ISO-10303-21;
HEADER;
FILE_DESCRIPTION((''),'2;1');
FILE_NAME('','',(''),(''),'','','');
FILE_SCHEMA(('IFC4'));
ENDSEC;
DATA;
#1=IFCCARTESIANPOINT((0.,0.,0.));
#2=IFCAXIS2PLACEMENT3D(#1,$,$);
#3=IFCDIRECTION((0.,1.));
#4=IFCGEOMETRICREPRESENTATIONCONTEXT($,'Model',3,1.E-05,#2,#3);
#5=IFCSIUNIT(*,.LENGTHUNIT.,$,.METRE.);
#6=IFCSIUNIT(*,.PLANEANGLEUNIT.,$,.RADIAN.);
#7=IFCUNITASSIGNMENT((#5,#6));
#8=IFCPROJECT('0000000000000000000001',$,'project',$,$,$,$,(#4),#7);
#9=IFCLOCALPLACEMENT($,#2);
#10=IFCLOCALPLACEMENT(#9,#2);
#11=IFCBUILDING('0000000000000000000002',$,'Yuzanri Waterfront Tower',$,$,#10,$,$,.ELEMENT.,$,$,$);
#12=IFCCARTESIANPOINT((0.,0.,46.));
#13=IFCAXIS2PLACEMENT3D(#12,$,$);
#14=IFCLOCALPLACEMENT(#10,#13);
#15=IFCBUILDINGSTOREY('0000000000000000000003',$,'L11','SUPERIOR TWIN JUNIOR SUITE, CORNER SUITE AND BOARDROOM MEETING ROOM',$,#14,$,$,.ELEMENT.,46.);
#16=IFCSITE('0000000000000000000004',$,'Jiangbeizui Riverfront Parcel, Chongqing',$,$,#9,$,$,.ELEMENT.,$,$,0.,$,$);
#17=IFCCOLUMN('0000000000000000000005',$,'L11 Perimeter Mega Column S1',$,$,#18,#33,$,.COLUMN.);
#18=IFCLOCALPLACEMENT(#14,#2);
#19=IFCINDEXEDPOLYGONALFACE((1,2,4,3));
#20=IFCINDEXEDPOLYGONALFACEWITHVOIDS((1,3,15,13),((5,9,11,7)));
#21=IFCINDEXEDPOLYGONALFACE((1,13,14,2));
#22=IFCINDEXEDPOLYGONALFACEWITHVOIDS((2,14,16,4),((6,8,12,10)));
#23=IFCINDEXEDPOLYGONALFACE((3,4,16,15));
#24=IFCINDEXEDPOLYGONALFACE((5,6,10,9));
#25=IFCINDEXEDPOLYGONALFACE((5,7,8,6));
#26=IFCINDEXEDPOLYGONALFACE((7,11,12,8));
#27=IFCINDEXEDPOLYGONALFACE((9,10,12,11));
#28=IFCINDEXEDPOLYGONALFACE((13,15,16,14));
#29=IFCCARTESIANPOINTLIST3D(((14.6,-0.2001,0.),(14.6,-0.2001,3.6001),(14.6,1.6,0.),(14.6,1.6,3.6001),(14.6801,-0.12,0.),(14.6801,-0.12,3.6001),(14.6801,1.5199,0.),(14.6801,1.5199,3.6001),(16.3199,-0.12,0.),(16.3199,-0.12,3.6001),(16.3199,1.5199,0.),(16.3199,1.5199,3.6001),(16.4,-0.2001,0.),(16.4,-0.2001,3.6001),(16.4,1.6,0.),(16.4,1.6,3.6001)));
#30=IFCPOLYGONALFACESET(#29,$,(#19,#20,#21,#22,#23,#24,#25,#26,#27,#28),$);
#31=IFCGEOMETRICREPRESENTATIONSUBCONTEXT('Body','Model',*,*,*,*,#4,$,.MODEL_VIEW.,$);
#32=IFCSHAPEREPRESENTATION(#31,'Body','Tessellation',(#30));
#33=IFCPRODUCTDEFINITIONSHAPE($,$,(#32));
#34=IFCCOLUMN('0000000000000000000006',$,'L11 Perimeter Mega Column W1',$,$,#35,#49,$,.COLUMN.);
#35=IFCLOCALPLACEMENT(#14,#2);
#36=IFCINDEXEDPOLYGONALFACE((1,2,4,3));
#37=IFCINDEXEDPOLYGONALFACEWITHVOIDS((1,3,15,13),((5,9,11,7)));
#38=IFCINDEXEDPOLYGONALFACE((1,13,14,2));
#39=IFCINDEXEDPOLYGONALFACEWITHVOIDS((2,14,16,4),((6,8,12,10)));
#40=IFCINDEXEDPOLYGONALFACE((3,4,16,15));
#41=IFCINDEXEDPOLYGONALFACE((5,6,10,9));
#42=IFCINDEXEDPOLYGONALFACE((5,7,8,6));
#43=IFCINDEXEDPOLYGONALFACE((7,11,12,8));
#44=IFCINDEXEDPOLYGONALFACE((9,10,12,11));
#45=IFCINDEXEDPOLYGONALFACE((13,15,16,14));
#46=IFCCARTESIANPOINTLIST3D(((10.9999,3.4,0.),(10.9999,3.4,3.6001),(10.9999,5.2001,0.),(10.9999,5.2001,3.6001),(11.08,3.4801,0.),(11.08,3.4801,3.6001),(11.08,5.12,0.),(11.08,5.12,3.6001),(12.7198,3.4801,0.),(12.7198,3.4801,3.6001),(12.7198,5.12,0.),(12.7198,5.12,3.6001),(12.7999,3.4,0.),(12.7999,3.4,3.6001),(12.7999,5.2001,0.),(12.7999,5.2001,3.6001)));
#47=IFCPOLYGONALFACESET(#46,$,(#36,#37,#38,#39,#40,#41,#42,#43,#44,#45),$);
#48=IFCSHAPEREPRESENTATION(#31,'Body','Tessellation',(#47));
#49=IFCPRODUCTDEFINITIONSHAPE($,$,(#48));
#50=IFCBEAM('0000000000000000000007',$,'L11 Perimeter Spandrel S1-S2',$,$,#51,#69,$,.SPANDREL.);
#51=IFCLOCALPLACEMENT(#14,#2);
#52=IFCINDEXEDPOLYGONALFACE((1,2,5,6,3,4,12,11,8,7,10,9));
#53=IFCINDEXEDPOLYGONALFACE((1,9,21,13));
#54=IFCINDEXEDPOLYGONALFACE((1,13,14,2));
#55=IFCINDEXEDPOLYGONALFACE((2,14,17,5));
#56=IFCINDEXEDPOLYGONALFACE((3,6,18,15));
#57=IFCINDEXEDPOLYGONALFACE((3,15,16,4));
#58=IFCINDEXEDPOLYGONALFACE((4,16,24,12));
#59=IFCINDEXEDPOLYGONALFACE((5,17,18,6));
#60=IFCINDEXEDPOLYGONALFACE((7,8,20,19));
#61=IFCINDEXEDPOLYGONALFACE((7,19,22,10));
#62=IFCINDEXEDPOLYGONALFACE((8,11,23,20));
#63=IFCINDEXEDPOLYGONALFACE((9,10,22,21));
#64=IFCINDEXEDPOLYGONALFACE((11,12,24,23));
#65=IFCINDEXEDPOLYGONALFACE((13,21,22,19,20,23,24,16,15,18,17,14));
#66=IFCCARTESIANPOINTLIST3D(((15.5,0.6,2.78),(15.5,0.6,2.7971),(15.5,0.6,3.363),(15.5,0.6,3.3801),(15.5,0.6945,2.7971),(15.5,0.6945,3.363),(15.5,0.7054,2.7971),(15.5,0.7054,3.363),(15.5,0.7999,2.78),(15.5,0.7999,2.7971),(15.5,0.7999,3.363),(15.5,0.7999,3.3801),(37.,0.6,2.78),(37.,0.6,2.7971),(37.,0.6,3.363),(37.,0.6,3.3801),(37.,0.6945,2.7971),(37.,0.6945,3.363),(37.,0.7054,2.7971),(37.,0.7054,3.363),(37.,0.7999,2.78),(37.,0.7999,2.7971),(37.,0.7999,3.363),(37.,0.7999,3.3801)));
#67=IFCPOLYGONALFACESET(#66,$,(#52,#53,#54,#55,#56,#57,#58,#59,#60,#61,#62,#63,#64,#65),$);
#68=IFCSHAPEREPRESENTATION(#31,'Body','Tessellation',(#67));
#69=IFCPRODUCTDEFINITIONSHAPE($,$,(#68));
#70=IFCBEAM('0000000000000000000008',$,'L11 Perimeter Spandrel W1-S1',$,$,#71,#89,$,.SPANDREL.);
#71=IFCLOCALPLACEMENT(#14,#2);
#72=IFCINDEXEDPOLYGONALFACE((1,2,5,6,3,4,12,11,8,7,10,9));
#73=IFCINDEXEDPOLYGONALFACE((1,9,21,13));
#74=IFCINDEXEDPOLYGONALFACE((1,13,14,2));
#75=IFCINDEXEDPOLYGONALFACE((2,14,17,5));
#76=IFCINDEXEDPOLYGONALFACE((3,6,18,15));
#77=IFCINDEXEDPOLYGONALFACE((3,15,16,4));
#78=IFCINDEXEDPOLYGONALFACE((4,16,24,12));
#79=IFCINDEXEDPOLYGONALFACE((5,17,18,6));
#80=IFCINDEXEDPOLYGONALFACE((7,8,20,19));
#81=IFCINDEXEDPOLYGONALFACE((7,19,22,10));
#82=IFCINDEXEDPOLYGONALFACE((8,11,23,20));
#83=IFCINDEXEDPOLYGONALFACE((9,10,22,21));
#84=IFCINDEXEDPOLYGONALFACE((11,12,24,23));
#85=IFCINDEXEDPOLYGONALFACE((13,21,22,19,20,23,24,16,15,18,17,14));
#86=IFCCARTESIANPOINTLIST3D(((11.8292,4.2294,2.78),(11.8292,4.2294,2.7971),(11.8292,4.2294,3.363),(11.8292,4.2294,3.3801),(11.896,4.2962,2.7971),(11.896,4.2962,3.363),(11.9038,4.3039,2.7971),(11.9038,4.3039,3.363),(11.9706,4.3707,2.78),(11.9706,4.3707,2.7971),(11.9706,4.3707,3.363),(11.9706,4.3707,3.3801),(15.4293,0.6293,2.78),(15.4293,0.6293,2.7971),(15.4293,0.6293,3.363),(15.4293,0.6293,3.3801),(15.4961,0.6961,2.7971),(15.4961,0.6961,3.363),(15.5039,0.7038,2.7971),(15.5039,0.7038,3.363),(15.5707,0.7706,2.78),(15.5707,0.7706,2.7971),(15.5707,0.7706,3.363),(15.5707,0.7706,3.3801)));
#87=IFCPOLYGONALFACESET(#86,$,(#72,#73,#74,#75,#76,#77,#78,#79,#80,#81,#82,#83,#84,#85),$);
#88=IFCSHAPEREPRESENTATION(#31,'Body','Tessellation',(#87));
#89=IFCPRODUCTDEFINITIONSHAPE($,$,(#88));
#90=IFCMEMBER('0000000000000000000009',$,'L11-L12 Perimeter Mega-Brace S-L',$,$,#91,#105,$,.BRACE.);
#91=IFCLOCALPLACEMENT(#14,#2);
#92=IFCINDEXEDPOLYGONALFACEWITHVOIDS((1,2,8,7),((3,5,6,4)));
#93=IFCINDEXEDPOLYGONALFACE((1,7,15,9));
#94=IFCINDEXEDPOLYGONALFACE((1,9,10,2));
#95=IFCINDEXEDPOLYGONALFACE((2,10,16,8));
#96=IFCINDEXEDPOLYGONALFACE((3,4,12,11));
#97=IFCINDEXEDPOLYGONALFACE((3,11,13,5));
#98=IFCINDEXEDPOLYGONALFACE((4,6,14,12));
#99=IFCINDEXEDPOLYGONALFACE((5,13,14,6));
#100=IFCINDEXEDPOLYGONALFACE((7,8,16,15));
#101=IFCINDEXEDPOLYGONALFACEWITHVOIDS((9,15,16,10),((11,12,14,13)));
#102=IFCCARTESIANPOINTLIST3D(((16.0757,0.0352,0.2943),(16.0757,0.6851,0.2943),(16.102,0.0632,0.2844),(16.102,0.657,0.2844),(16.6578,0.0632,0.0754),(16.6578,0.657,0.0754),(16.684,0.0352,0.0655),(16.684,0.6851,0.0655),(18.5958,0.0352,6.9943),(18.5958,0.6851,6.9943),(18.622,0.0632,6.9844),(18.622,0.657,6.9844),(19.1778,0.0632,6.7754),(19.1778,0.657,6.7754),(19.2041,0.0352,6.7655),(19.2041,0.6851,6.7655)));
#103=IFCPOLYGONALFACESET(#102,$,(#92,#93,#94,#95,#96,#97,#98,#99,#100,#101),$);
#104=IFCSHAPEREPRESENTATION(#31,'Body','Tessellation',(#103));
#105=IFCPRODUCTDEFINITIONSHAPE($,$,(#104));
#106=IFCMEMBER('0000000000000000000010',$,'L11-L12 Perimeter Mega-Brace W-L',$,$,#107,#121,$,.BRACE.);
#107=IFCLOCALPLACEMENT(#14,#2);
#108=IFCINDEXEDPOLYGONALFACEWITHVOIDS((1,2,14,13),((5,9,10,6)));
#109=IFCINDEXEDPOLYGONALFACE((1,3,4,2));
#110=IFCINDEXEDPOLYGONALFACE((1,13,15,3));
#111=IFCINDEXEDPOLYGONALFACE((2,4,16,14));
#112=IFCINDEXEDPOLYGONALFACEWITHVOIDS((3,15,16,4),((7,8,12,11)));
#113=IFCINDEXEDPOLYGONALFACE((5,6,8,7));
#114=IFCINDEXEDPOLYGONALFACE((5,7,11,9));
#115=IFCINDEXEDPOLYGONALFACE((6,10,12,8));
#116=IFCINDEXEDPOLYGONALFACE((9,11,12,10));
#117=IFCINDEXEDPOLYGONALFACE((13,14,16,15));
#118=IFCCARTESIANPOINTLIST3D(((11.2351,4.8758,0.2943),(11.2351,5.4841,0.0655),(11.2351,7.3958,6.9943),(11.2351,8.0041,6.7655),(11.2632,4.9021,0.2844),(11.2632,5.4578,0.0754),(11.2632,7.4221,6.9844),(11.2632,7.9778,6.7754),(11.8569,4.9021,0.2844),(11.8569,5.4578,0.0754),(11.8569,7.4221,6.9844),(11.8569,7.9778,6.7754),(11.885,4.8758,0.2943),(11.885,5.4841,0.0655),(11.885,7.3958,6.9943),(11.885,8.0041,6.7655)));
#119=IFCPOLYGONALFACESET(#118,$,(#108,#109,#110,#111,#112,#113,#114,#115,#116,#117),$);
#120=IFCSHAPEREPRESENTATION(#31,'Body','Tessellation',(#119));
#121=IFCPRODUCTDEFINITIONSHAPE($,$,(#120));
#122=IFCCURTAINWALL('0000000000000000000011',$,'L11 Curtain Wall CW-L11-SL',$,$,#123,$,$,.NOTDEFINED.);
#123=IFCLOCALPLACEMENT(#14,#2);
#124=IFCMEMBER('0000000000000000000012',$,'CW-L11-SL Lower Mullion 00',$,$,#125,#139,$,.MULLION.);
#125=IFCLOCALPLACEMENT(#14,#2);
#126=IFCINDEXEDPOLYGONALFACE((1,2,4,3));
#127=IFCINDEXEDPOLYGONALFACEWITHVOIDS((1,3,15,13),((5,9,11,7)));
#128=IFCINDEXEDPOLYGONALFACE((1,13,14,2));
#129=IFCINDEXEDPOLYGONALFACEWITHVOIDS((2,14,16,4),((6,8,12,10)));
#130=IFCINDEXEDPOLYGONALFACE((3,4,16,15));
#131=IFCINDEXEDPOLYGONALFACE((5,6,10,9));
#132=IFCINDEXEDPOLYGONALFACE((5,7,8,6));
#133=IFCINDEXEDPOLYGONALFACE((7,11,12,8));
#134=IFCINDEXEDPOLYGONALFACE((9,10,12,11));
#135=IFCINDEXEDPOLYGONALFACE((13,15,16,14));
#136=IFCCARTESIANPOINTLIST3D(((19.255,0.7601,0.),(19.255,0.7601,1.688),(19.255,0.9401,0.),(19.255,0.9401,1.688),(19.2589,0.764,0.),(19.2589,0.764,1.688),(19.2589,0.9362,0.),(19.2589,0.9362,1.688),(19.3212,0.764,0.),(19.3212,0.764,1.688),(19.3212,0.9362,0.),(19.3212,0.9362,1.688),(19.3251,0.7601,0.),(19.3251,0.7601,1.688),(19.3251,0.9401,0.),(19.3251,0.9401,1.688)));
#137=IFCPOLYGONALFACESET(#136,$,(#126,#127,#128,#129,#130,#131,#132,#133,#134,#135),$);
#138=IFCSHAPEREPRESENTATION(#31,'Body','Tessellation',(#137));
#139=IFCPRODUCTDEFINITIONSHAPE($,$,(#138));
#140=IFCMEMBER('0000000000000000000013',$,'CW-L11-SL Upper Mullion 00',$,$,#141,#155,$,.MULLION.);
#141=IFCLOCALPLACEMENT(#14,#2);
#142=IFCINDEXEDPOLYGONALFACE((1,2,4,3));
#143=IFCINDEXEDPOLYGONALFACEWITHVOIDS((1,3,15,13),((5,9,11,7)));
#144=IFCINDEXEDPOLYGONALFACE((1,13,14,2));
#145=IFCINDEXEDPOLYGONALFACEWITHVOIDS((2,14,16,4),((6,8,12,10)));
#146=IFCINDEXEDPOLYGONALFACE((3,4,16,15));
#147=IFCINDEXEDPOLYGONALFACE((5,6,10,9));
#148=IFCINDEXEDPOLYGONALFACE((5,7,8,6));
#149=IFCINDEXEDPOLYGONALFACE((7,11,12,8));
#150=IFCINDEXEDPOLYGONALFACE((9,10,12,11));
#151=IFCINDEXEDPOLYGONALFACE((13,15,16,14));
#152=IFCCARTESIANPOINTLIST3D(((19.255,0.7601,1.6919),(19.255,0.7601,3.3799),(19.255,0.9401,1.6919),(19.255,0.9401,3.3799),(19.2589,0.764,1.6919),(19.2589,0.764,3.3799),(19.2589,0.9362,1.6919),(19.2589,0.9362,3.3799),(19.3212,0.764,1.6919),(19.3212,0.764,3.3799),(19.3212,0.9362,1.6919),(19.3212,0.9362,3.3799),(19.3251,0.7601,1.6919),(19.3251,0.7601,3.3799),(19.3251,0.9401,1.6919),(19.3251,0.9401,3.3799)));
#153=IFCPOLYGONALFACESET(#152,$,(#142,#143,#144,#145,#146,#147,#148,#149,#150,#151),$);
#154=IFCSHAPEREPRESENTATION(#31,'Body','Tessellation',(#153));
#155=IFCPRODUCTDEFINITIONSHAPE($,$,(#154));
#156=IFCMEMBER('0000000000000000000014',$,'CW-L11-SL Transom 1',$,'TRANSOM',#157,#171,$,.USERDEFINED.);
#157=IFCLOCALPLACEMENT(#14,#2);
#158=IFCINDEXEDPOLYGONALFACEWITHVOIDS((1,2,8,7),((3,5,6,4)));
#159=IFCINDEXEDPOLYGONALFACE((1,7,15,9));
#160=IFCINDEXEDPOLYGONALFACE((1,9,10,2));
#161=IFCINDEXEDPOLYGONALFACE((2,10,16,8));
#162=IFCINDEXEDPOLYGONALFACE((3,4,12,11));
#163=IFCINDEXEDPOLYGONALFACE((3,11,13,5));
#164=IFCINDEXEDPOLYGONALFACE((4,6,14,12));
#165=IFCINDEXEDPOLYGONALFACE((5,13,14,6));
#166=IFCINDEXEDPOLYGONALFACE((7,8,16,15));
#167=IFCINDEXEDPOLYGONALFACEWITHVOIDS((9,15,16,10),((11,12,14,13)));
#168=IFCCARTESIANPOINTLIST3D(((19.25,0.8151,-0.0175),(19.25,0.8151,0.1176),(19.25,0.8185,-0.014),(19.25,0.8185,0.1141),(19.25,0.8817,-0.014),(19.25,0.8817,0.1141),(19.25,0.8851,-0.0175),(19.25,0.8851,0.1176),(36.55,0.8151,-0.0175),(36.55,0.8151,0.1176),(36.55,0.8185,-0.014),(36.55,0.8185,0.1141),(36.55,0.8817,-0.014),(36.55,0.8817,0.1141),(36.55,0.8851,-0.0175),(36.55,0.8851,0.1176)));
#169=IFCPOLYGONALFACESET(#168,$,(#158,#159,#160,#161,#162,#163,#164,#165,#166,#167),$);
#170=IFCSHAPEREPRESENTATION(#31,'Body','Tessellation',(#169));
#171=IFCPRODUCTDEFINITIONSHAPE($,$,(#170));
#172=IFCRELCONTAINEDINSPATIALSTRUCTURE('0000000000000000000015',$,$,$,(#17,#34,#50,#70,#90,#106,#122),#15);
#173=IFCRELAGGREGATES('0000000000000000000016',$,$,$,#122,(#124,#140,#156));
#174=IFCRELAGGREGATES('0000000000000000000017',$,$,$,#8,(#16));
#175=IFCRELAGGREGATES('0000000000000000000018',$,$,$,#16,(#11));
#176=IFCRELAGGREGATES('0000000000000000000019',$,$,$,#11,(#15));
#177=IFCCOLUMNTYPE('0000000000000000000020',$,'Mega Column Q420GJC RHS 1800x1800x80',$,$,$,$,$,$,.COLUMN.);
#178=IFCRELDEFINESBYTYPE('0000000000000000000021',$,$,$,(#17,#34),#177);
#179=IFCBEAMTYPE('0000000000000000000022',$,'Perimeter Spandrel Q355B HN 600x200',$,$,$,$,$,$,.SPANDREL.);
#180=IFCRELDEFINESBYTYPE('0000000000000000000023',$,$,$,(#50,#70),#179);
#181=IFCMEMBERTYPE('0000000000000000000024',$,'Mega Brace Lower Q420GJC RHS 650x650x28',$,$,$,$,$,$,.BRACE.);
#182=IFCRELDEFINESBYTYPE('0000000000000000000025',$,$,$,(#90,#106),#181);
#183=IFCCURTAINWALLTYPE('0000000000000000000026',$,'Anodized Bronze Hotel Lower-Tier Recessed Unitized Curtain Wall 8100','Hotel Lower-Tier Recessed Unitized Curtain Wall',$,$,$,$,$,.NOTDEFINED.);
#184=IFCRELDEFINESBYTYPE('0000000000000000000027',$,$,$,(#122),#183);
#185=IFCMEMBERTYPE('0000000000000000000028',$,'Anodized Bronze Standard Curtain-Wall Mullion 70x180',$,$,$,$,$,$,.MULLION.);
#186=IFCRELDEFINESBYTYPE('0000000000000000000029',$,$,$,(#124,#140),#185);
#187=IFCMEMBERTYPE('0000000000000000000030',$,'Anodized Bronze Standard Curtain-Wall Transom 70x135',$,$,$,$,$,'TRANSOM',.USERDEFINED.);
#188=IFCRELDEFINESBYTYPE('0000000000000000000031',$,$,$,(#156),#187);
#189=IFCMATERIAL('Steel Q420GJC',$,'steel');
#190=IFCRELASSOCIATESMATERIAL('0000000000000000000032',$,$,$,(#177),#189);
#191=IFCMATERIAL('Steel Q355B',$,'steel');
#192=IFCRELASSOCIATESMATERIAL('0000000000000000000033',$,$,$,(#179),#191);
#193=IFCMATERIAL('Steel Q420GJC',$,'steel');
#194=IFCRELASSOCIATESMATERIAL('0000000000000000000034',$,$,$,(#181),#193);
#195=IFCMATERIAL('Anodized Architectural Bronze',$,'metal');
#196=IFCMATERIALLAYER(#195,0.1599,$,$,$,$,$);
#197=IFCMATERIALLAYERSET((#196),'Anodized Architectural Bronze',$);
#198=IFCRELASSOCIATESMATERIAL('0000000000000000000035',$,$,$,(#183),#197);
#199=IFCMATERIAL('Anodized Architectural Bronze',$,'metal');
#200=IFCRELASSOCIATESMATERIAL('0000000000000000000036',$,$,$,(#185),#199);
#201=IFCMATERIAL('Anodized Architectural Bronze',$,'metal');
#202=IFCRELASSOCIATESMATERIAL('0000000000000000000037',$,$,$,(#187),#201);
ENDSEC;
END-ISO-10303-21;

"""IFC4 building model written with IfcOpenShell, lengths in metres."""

from ifc_helpers import new_model, si_unit, direction, frame, origin, origin_2d, place, context, subcontext, project, spatial, hollow_rectangle, i_section, extrude, source, transform, mapped, material, layer, layer_set, material_profile, profile_set, type_object, element, aggregate, save


model = new_model("IFC4")

# Units and contexts
model_context = context("Model", 3, precision=1e-05, world=origin(), true_north=direction((0.0, 1.0)))
body_context = subcontext(model_context, "Body", "Model", "MODEL_VIEW")
ifc_project = project(units=[si_unit("LENGTHUNIT", "METRE"), si_unit("PLANEANGLEUNIT", "RADIAN")], contexts=[model_context])

# Site, building, storey
site_placement = place(None, origin())
site = spatial("IfcSite", under=ifc_project, at=site_placement, Name="Jiangbeizui Riverfront Parcel, Chongqing", CompositionType="ELEMENT", RefElevation=0.0)
building_placement = place(site_placement, origin())
building = spatial("IfcBuilding", under=site, at=building_placement, Name="Yuzanri Waterfront Tower", CompositionType="ELEMENT")
storey_placement = place(building_placement, frame((0.0, 0.0, 46.0)))
storey = spatial("IfcBuildingStorey", under=building, at=storey_placement, Name="L11", Description="SUPERIOR TWIN JUNIOR SUITE, CORNER SUITE AND BOARDROOM MEETING ROOM", CompositionType="ELEMENT", Elevation=46.0)

# Columns
ifc_material_1 = material(Name="Steel Q420GJC", Category="steel")
ifc_material_profile_1 = material_profile(ifc_material_1, hollow_rectangle(XDim=1.8, YDim=1.8, WallThickness=0.0801, at=origin_2d()), Name="RHS 1800x1800x80")
ifc_profile_set_1 = profile_set([ifc_material_profile_1], Name="Steel Q420GJC")
column_type = type_object("IfcColumnType", Name="Mega Column Q420GJC RHS 1800x1800x80", PredefinedType="COLUMN", material=ifc_profile_set_1)
shared_shape_1 = source(origin(), body_context, "Body", "SweptSolid", [
    extrude(hollow_rectangle(XDim=1.8, YDim=1.8, WallThickness=0.0801, at=origin_2d()), origin(), (0.0, 0.0, 1.0), 3.6001),
])
for number, where, z_axis, x_axis, name in (
    (1, (15.5, 0.7, 0.0), (0.0, 0.0, 1.0), (1.0, 0.0, 0.0), "L11 Perimeter Mega Column S1"),
    (2, (11.8999, 4.3, 0.0), (0.0, 0.0, 1.0), (1.0, 0.0, 0.0), "L11 Perimeter Mega Column W1"),
):
    element("IfcColumn", number, at=place(storey_placement, frame(where, z_axis=z_axis, x_axis=x_axis)), inside=storey, type_object=column_type, Name=name, PredefinedType="COLUMN", context=body_context, shape_type="MappedRepresentation", body=[
        mapped(shared_shape_1, transform((0.0, 0.0, 0.0), scale=1.0)),
    ])

# Beams
ifc_material_2 = material(Name="Steel Q355B", Category="steel")
ifc_material_profile_2 = material_profile(ifc_material_2, i_section(OverallWidth=0.2, OverallDepth=0.6001, WebThickness=0.011, FlangeThickness=0.0171, at=origin_2d()), Name="HN 600x200x11x17")
ifc_profile_set_2 = profile_set([ifc_material_profile_2], Name="Steel Q355B")
beam_type = type_object("IfcBeamType", Name="Perimeter Spandrel Q355B HN 600x200", PredefinedType="SPANDREL", material=ifc_profile_set_2)
shared_shape_2 = source(origin(), body_context, "Body", "SweptSolid", [
    extrude(i_section(OverallWidth=0.2, OverallDepth=0.6001, WebThickness=0.011, FlangeThickness=0.0171, at=origin_2d()), origin(), (0.0, 0.0, 1.0), 21.5),
])
beam_1_placement = place(storey_placement, frame((15.5, 0.7, 3.0801), z_axis=(1.0, 0.0, 0.0), x_axis=(0.0, 1.0, 0.0)))
element("IfcBeam", 3, at=beam_1_placement, inside=storey, type_object=beam_type, Name="L11 Perimeter Spandrel S1-S2", PredefinedType="SPANDREL", context=body_context, shape_type="MappedRepresentation", body=[
    mapped(shared_shape_2, transform((0.0, 0.0, 0.0), scale=1.0)),
])
shared_shape_3 = source(origin(), body_context, "Body", "SweptSolid", [
    extrude(i_section(OverallWidth=0.2, OverallDepth=0.6001, WebThickness=0.011, FlangeThickness=0.0171, at=origin_2d()), origin(), (0.0, 0.0, 1.0), 5.0913),
])
beam_2_placement = place(storey_placement, frame((11.8999, 4.3, 3.0801), z_axis=(0.707107, -0.707107, 0.0), x_axis=(0.707107, 0.707107, 0.0)))
element("IfcBeam", 4, at=beam_2_placement, inside=storey, type_object=beam_type, Name="L11 Perimeter Spandrel W1-S1", PredefinedType="SPANDREL", context=body_context, shape_type="MappedRepresentation", body=[
    mapped(shared_shape_3, transform((0.0, 0.0, 0.0), scale=1.0)),
])

# Members
ifc_material_3 = material(Name="Steel Q420GJC", Category="steel")
ifc_material_profile_3 = material_profile(ifc_material_3, hollow_rectangle(XDim=0.6499, YDim=0.6499, WallThickness=0.0281, at=origin_2d()), Name="RHS 650x650x28")
ifc_profile_set_3 = profile_set([ifc_material_profile_3], Name="Steel Q420GJC")
member_type_1 = type_object("IfcMemberType", Name="Mega Brace Lower Q420GJC RHS 650x650x28", PredefinedType="BRACE", material=ifc_profile_set_3)
shared_shape_4 = source(origin(), body_context, "Body", "SweptSolid", [
    extrude(hollow_rectangle(XDim=0.6499, YDim=0.6499, WallThickness=0.0281, at=origin_2d()), origin(), (0.0, 0.0, 1.0), 7.1582),
])
for number, where, z_axis, x_axis, name in (
    (5, (16.3799, 0.3601, 0.1799), (0.352046, 0.0, 0.935983), (0.0, 1.0, 0.0), "L11-L12 Perimeter Mega-Brace S-L"),
    (6, (11.5601, 5.1799, 0.1799), (0.0, 0.352046, 0.935983), (-1.0, 0.0, 0.0), "L11-L12 Perimeter Mega-Brace W-L"),
):
    element("IfcMember", number, at=place(storey_placement, frame(where, z_axis=z_axis, x_axis=x_axis)), inside=storey, type_object=member_type_1, Name=name, PredefinedType="BRACE", context=body_context, shape_type="MappedRepresentation", body=[
        mapped(shared_shape_4, transform((0.0, 0.0, 0.0), scale=1.0)),
    ])

# Curtain wall, members
ifc_material_4 = material(Name="Anodized Architectural Bronze", Category="metal")
ifc_layer_1 = layer(ifc_material_4, 0.1599)
ifc_layer_set_1 = layer_set([ifc_layer_1], Name="Anodized Architectural Bronze")
curtain_wall_type = type_object("IfcCurtainWallType", Name="Anodized Bronze Hotel Lower-Tier Recessed Unitized Curtain Wall 8100", Description="Hotel Lower-Tier Recessed Unitized Curtain Wall", PredefinedType="NOTDEFINED", material=ifc_layer_set_1)
curtain_wall_placement = place(storey_placement, origin())
curtain_wall = element("IfcCurtainWall", 7, at=curtain_wall_placement, inside=storey, type_object=curtain_wall_type, Name="L11 Curtain Wall CW-L11-SL", PredefinedType="NOTDEFINED")
ifc_material_5 = material(Name="Anodized Architectural Bronze", Category="metal")
ifc_material_profile_4 = material_profile(ifc_material_5, hollow_rectangle(XDim=0.0701, YDim=0.1799, WallThickness=0.0039, at=origin_2d()), Name="CWM 70x180")
ifc_profile_set_4 = profile_set([ifc_material_profile_4], Name="Anodized Architectural Bronze")
member_type_2 = type_object("IfcMemberType", Name="Anodized Bronze Standard Curtain-Wall Mullion 70x180", PredefinedType="MULLION", material=ifc_profile_set_4)
shared_shape_5 = source(origin(), body_context, "Body", "SweptSolid", [
    extrude(hollow_rectangle(XDim=0.0701, YDim=0.1799, WallThickness=0.0039, at=origin_2d()), origin(), (0.0, 0.0, 1.0), 1.688),
])
member_1_placement = place(storey_placement, frame((19.29, 0.8501, 0.0), z_axis=(0.0, 0.0, 1.0), x_axis=(1.0, 0.0, 0.0)))
member_1 = element("IfcMember", 8, at=member_1_placement, type_object=member_type_2, Name="CW-L11-SL Lower Mullion 00", PredefinedType="MULLION", context=body_context, shape_type="MappedRepresentation", body=[
    mapped(shared_shape_5, transform((0.0, 0.0, 0.0), scale=1.0)),
])
member_2_placement = place(storey_placement, frame((19.29, 0.8501, 1.6919), z_axis=(0.0, 0.0, 1.0), x_axis=(1.0, 0.0, 0.0)))
member_2 = element("IfcMember", 9, at=member_2_placement, type_object=member_type_2, Name="CW-L11-SL Upper Mullion 00", PredefinedType="MULLION", context=body_context, shape_type="MappedRepresentation", body=[
    mapped(shared_shape_5, transform((0.0, 0.0, 0.0), scale=1.0)),
])
ifc_material_6 = material(Name="Anodized Architectural Bronze", Category="metal")
ifc_material_profile_5 = material_profile(ifc_material_6, hollow_rectangle(XDim=0.0701, YDim=0.135, WallThickness=0.0034, at=origin_2d()), Name="CWT 70x135")
ifc_profile_set_5 = profile_set([ifc_material_profile_5], Name="Anodized Architectural Bronze")
member_type_3 = type_object("IfcMemberType", Name="Anodized Bronze Standard Curtain-Wall Transom 70x135", ElementType="TRANSOM", PredefinedType="USERDEFINED", material=ifc_profile_set_5)
shared_shape_6 = source(origin(), body_context, "Body", "SweptSolid", [
    extrude(hollow_rectangle(XDim=0.0701, YDim=0.135, WallThickness=0.0034, at=origin_2d()), origin(), (0.0, 0.0, 1.0), 17.3),
])
member_3_placement = place(storey_placement, frame((19.25, 0.8501, 0.05), z_axis=(1.0, 0.0, 0.0), x_axis=(0.0, 1.0, 0.0)))
member_3 = element("IfcMember", 10, at=member_3_placement, type_object=member_type_3, Name="CW-L11-SL Transom 1", ObjectType="TRANSOM", PredefinedType="USERDEFINED", context=body_context, shape_type="MappedRepresentation", body=[
    mapped(shared_shape_6, transform((0.0, 0.0, 0.0), scale=1.0)),
])
aggregate(curtain_wall, [member_1, member_2, member_3])

save(model, "model.ifc")
